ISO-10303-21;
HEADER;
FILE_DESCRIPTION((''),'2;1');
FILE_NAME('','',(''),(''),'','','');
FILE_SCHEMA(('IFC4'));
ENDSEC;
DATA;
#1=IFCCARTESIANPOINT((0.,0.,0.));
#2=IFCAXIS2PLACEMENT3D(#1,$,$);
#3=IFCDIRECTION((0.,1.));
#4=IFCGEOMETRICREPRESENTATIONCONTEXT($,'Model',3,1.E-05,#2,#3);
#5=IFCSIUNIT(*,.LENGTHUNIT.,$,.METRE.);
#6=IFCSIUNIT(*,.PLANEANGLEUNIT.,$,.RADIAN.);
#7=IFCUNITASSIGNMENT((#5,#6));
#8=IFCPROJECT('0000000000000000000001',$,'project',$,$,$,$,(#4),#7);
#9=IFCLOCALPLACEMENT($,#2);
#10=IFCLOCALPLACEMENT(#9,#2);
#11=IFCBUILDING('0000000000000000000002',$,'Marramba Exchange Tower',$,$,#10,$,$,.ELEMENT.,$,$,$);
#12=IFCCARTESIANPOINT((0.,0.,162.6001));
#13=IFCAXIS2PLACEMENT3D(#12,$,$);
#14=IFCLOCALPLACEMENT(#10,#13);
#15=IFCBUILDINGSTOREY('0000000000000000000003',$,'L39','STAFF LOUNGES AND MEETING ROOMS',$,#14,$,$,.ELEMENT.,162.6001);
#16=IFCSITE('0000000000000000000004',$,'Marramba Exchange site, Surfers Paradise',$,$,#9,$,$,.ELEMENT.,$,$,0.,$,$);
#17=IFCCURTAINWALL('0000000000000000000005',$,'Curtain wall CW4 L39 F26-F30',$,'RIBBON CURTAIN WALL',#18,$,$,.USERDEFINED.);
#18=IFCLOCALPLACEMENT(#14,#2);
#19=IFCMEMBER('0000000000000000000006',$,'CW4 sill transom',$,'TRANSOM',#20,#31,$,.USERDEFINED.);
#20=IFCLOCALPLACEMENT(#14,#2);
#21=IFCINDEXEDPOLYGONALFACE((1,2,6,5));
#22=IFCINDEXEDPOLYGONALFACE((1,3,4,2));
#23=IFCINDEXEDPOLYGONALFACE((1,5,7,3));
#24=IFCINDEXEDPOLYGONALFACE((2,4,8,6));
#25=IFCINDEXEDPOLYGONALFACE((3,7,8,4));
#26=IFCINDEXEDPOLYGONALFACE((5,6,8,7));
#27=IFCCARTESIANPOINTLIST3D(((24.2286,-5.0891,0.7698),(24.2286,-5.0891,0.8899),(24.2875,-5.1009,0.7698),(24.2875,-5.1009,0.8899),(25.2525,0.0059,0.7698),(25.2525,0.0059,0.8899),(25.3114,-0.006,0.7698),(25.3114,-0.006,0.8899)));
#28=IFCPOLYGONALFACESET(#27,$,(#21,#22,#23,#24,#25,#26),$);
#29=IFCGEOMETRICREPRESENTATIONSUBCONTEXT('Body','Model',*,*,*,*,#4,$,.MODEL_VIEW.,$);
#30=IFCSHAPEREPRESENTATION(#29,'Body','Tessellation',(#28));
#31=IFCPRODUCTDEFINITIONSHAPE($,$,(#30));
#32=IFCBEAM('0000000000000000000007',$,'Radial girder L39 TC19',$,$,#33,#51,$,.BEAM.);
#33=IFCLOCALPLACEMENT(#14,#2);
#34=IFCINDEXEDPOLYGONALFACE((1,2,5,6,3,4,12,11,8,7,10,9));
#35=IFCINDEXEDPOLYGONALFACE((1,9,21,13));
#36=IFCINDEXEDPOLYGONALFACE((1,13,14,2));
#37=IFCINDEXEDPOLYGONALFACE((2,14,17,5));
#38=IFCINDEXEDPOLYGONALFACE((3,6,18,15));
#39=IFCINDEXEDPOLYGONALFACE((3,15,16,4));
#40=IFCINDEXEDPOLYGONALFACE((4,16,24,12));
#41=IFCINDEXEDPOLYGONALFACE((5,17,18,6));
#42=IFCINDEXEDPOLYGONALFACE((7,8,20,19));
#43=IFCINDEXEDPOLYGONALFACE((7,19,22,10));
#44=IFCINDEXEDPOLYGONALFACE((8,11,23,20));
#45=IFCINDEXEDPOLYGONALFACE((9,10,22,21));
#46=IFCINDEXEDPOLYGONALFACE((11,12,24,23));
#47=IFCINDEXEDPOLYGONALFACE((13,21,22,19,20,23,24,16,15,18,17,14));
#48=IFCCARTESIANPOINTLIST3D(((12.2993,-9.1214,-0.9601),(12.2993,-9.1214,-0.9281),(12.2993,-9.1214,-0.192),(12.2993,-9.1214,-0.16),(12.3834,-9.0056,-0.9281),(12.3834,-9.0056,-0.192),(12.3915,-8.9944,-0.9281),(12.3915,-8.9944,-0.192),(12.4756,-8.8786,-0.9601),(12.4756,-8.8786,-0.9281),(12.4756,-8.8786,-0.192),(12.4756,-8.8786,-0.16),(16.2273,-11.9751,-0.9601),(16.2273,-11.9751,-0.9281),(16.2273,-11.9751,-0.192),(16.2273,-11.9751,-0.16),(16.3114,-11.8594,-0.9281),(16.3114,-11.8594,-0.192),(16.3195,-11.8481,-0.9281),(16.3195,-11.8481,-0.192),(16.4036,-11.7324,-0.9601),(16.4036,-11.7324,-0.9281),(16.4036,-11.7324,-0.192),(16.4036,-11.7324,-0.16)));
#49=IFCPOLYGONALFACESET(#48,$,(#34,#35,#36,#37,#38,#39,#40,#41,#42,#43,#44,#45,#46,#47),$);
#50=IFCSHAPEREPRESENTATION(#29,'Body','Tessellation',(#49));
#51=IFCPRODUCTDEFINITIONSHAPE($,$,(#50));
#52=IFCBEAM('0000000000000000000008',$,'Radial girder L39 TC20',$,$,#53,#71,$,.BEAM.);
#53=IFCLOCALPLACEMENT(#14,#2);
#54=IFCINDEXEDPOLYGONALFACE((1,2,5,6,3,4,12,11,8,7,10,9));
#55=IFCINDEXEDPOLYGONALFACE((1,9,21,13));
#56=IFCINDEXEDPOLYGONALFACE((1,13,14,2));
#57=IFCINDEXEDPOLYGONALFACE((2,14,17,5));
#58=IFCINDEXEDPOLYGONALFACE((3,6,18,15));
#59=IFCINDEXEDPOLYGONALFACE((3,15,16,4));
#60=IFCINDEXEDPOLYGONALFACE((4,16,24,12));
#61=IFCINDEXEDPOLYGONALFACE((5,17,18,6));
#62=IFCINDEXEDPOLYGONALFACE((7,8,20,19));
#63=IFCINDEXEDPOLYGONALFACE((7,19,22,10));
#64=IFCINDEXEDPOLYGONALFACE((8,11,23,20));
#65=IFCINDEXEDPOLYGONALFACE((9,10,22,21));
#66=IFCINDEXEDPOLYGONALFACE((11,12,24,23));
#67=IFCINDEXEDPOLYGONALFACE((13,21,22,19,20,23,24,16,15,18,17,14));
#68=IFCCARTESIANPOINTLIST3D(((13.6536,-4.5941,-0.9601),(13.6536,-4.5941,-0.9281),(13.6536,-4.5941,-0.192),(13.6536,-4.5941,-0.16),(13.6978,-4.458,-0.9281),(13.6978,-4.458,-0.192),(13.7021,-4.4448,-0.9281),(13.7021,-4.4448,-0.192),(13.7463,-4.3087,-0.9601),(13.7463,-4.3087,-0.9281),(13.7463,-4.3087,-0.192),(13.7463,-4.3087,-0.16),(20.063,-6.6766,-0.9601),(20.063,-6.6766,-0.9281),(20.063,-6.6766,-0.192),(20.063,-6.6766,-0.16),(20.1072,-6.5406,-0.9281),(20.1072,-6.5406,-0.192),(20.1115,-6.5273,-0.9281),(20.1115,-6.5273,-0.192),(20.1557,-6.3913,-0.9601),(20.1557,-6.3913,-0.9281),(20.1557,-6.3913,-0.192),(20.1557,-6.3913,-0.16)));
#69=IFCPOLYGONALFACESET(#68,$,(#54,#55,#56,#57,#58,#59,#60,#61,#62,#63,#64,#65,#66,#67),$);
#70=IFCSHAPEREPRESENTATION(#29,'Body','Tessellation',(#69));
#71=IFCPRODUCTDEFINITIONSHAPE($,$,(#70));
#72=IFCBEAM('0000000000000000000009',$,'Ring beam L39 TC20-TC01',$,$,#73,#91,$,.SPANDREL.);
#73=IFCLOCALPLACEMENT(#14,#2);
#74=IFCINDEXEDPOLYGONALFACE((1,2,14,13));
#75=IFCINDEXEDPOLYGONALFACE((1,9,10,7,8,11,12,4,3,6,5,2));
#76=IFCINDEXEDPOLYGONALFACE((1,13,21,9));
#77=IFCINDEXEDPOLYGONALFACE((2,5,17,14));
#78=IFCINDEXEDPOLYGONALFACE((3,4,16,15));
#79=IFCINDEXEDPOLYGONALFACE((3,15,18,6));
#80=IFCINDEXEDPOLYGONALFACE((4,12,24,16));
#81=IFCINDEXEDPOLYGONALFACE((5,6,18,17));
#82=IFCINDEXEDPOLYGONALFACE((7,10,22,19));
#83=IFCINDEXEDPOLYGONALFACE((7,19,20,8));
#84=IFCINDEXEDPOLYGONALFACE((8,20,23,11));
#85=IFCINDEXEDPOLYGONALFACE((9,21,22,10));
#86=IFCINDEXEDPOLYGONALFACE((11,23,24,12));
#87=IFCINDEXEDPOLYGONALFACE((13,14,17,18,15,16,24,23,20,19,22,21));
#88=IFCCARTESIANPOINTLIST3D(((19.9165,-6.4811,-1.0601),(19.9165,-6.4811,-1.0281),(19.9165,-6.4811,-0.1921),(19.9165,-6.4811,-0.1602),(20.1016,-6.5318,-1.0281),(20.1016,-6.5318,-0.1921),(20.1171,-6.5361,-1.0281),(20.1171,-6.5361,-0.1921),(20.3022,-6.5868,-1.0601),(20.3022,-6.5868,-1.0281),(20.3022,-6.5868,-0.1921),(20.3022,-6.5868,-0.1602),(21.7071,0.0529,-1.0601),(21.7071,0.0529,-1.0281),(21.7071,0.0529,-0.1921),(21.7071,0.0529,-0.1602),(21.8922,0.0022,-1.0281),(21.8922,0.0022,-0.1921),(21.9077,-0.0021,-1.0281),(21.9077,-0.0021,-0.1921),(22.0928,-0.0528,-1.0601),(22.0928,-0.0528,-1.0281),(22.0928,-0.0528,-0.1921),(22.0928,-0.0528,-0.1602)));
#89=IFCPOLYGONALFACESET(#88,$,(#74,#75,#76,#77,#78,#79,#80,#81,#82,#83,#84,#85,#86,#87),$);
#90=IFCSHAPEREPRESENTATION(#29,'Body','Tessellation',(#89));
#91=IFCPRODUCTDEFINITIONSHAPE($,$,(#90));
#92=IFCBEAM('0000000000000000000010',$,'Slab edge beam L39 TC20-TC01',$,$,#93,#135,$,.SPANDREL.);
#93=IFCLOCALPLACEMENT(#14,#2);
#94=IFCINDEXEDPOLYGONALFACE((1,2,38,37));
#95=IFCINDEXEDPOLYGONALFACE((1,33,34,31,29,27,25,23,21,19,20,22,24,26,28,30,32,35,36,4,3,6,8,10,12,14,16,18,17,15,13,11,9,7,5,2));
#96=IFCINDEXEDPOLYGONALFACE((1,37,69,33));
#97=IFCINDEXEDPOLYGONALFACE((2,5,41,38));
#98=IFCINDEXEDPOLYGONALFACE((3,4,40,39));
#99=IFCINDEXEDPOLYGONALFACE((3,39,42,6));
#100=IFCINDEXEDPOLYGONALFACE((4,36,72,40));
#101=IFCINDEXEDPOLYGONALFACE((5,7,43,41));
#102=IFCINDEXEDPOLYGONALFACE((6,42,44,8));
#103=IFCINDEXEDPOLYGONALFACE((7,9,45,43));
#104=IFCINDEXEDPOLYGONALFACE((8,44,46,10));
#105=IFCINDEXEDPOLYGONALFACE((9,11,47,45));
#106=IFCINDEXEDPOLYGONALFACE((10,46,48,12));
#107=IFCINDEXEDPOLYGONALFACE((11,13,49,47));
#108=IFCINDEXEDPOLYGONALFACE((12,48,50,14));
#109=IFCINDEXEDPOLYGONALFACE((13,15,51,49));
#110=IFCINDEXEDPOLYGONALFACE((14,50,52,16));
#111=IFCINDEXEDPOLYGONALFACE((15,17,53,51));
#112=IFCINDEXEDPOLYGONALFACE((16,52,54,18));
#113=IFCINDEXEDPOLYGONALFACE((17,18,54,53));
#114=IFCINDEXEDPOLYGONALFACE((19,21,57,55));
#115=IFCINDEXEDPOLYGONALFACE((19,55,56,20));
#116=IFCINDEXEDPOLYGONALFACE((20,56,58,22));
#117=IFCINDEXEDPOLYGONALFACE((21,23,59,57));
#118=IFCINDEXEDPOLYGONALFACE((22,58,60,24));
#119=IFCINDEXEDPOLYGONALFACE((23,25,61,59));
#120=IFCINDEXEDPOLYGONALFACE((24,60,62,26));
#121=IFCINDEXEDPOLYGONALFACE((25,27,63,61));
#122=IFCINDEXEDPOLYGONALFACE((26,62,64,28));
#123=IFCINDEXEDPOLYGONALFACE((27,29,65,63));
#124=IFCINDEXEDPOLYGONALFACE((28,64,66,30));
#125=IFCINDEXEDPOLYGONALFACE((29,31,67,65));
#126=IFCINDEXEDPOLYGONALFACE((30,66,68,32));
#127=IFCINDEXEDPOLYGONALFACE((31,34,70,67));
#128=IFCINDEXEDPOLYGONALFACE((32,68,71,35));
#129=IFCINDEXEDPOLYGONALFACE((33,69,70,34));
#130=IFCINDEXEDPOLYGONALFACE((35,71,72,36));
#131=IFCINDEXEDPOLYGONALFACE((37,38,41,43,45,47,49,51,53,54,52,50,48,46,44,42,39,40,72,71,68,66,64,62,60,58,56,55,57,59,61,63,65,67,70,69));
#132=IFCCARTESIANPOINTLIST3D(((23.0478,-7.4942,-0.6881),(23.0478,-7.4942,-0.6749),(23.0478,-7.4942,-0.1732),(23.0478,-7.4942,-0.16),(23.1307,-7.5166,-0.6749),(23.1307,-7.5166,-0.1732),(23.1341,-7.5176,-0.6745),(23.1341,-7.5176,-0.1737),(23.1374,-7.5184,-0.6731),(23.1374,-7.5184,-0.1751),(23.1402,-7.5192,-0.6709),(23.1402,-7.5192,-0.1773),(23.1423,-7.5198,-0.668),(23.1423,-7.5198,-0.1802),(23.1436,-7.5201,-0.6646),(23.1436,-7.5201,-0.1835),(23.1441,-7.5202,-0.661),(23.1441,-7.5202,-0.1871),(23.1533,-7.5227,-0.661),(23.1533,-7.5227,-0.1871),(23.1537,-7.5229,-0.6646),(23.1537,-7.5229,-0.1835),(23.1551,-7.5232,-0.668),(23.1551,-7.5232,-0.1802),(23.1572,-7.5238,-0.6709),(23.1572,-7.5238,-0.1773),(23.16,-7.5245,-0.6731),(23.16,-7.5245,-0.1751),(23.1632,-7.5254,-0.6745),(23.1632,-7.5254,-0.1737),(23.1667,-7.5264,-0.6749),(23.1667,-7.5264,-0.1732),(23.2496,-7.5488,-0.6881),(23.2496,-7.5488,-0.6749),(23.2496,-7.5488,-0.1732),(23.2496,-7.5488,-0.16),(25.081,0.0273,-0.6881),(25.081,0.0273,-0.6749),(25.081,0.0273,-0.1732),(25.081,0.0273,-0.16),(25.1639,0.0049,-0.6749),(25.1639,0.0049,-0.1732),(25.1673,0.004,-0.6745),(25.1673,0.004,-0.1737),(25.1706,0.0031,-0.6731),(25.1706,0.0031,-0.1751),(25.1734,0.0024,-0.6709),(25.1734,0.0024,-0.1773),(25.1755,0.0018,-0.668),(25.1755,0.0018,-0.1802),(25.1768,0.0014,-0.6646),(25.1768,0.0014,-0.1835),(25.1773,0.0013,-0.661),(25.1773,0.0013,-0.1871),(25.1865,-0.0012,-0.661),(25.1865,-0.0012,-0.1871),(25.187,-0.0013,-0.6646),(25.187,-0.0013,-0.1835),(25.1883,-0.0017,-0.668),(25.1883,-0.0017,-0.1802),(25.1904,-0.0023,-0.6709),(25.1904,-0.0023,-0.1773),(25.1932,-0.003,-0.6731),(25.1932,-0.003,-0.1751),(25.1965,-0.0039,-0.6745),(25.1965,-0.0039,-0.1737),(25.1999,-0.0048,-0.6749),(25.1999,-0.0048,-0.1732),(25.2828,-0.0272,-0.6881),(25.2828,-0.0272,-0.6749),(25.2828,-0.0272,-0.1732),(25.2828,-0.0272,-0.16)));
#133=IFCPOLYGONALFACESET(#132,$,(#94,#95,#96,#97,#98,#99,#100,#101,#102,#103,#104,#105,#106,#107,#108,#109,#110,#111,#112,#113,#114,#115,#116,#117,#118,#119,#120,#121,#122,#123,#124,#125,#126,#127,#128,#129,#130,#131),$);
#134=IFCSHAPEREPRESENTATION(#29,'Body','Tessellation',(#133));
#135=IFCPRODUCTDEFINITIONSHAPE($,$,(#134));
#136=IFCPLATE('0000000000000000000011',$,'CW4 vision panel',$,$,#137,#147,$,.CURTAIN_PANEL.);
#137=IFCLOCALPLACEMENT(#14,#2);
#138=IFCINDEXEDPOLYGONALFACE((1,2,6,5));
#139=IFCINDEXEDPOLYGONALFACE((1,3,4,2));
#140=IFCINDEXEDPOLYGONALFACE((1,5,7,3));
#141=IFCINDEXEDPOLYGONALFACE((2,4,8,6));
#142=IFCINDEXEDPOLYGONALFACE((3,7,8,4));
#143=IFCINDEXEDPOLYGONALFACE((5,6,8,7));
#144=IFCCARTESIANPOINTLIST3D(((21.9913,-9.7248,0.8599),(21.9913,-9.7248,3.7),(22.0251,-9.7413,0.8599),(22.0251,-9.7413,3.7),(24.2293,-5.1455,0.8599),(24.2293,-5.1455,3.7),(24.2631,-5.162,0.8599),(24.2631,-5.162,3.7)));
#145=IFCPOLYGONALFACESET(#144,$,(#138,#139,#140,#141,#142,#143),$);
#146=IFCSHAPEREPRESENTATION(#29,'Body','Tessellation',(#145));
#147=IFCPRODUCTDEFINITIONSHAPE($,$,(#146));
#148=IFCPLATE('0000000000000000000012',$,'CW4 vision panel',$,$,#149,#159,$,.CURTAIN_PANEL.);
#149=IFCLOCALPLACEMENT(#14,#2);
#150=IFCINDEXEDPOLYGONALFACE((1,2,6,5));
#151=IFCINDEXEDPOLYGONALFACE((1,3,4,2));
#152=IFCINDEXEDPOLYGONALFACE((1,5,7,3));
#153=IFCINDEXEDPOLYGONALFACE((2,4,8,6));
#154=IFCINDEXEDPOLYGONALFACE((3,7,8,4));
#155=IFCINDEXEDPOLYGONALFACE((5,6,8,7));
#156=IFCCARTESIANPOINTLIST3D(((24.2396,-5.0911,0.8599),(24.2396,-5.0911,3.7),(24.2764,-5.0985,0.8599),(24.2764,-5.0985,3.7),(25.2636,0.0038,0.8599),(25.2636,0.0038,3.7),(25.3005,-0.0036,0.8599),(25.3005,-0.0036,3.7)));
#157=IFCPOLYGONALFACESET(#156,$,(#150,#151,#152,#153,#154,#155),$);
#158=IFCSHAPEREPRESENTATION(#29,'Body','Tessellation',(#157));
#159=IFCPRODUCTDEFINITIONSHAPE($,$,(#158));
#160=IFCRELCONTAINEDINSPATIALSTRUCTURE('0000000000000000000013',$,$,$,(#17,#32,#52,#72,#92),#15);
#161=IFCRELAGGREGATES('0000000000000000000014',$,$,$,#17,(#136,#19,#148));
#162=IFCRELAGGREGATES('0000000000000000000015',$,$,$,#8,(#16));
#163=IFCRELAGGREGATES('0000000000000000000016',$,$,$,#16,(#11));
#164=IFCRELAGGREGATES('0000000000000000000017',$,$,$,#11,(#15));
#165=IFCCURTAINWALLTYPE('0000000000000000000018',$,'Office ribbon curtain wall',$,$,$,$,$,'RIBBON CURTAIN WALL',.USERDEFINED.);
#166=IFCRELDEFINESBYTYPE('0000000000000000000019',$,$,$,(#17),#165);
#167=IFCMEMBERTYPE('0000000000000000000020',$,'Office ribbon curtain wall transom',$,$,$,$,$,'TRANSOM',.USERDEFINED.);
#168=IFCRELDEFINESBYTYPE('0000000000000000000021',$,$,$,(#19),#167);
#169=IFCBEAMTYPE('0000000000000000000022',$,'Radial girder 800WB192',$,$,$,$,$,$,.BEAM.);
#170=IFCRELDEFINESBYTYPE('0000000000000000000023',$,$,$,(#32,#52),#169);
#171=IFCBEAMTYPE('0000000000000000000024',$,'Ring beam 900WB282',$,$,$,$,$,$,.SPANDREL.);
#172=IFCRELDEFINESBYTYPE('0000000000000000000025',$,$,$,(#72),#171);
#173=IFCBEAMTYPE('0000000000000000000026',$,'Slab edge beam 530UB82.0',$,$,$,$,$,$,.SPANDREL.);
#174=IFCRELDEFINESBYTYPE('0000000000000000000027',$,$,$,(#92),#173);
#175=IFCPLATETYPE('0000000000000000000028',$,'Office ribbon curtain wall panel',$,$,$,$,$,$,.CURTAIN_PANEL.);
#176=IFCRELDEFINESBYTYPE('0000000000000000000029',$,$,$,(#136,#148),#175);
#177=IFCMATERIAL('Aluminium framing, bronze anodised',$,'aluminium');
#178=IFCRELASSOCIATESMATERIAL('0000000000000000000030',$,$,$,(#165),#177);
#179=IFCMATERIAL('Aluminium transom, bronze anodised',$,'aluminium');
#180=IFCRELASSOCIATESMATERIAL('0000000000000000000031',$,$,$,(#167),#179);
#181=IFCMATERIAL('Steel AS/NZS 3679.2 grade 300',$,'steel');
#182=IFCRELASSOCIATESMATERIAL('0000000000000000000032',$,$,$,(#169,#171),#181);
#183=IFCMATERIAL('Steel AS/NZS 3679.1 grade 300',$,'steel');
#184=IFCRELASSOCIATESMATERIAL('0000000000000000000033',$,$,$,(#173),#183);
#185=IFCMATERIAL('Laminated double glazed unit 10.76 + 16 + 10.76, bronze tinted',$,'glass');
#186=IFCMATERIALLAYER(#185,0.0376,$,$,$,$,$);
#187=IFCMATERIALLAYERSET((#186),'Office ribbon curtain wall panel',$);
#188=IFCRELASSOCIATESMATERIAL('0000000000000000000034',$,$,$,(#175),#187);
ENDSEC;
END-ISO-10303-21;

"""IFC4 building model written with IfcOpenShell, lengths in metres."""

from ifc_helpers import new_model, si_unit, direction, frame, origin, origin_2d, place, context, subcontext, project, spatial, rectangle, i_section, extrude, material, layer, layer_set, material_profile, profile_set, type_object, element, aggregate, save


model = new_model("IFC4")

# Units and contexts
model_context = context("Model", 3, precision=1e-05, world=origin(), true_north=direction((0.0, 1.0)))
body_context = subcontext(model_context, "Body", "Model", "MODEL_VIEW")
ifc_project = project(units=[si_unit("LENGTHUNIT", "METRE"), si_unit("PLANEANGLEUNIT", "RADIAN")], contexts=[model_context])

# Site, building, storey
site_placement = place(None, origin())
site = spatial("IfcSite", under=ifc_project, at=site_placement, Name="Marramba Exchange site, Surfers Paradise", CompositionType="ELEMENT", RefElevation=0.0)
building_placement = place(site_placement, origin())
building = spatial("IfcBuilding", under=site, at=building_placement, Name="Marramba Exchange Tower", CompositionType="ELEMENT")
storey_placement = place(building_placement, frame((0.0, 0.0, 162.6001)))
storey = spatial("IfcBuildingStorey", under=building, at=storey_placement, Name="L39", Description="STAFF LOUNGES AND MEETING ROOMS", CompositionType="ELEMENT", Elevation=162.6001)

# Shared definitions
ifc_material_1 = material(Name="Steel AS/NZS 3679.2 grade 300", Category="steel")
ifc_material_2 = material(Name="Steel AS/NZS 3679.1 grade 300", Category="steel")

# Curtain wall, member
ifc_material_3 = material(Name="Aluminium framing, bronze anodised", Category="aluminium")
curtain_wall_type = type_object("IfcCurtainWallType", Name="Office ribbon curtain wall", ElementType="RIBBON CURTAIN WALL", PredefinedType="USERDEFINED", material=ifc_material_3)
curtain_wall_placement = place(storey_placement, origin())
curtain_wall = element("IfcCurtainWall", 1, at=curtain_wall_placement, inside=storey, type_object=curtain_wall_type, Name="Curtain wall CW4 L39 F26-F30", ObjectType="RIBBON CURTAIN WALL", PredefinedType="USERDEFINED")
ifc_material_4 = material(Name="Aluminium transom, bronze anodised", Category="aluminium")
ifc_material_profile_1 = material_profile(ifc_material_4, rectangle(XDim=0.0601, YDim=0.1201, at=origin_2d()), Name="CW4 transom 60x120")
ifc_profile_set_1 = profile_set([ifc_material_profile_1], Name="Aluminium transom, bronze anodised")
member_type_1 = type_object("IfcMemberType", Name="Office ribbon curtain wall transom", ElementType="TRANSOM", PredefinedType="USERDEFINED", material=ifc_profile_set_1)
member_1_placement = place(storey_placement, frame((24.2581, -5.095, 0.8298), z_axis=(0.197029, 0.980398, 0.0), x_axis=(-0.980398, 0.197029, 0.0)))
member_1 = element("IfcMember", 2, at=member_1_placement, type_object=member_type_1, Name="CW4 sill transom", ObjectType="TRANSOM", PredefinedType="USERDEFINED", context=body_context, shape_type="SweptSolid", body=[
    extrude(rectangle(XDim=0.0601, YDim=0.1201, at=origin_2d()), origin(), (0.0, 0.0, 1.0), 5.1968),
])

# Beams
ifc_material_profile_2 = material_profile(ifc_material_1, i_section(OverallWidth=0.3, OverallDepth=0.8, WebThickness=0.0139, FlangeThickness=0.032, at=origin_2d()), Name="800WB192")
ifc_profile_set_2 = profile_set([ifc_material_profile_2], Name="Steel AS/NZS 3679.2 grade 300")
beam_type_1 = type_object("IfcBeamType", Name="Radial girder 800WB192", PredefinedType="BEAM", material=ifc_profile_set_2)
beam_1_placement = place(storey_placement, frame((12.3875, -9.0, -0.5601), z_axis=(0.809025, -0.587774, 0.0), x_axis=(0.587774, 0.809025, 0.0)))
element("IfcBeam", 3, at=beam_1_placement, inside=storey, type_object=beam_type_1, Name="Radial girder L39 TC19", PredefinedType="BEAM", context=body_context, shape_type="SweptSolid", body=[
    extrude(i_section(OverallWidth=0.3, OverallDepth=0.8, WebThickness=0.0139, FlangeThickness=0.032, at=origin_2d()), origin(), (0.0, 0.0, 1.0), 4.8552),
])
beam_2_placement = place(storey_placement, frame((13.7, -4.4514, -0.5601), z_axis=(0.951058, -0.309013, 0.0), x_axis=(0.309013, 0.951058, 0.0)))
element("IfcBeam", 4, at=beam_2_placement, inside=storey, type_object=beam_type_1, Name="Radial girder L39 TC20", PredefinedType="BEAM", context=body_context, shape_type="SweptSolid", body=[
    extrude(i_section(OverallWidth=0.3, OverallDepth=0.8, WebThickness=0.0139, FlangeThickness=0.032, at=origin_2d()), origin(), (0.0, 0.0, 1.0), 6.7393),
])
ifc_material_profile_3 = material_profile(ifc_material_1, i_section(OverallWidth=0.3999, OverallDepth=0.8999, WebThickness=0.0161, FlangeThickness=0.032, at=origin_2d()), Name="900WB282")
ifc_profile_set_3 = profile_set([ifc_material_profile_3], Name="Steel AS/NZS 3679.2 grade 300")
beam_type_2 = type_object("IfcBeamType", Name="Ring beam 900WB282", PredefinedType="SPANDREL", material=ifc_profile_set_3)
beam_3_placement = place(storey_placement, frame((20.1094, -6.5339, -0.6101), z_axis=(0.264291, 0.964443, 0.0), x_axis=(-0.964443, 0.264291, 0.0)))
element("IfcBeam", 5, at=beam_3_placement, inside=storey, type_object=beam_type_2, Name="Ring beam L39 TC20-TC01", PredefinedType="SPANDREL", context=body_context, shape_type="SweptSolid", body=[
    extrude(i_section(OverallWidth=0.3999, OverallDepth=0.8999, WebThickness=0.0161, FlangeThickness=0.032, at=origin_2d()), origin(), (0.0, 0.0, 1.0), 6.7749),
])
ifc_material_profile_4 = material_profile(ifc_material_2, i_section(OverallWidth=0.209, OverallDepth=0.5281, WebThickness=0.0095, FlangeThickness=0.0132, FilletRadius=0.0139, at=origin_2d()), Name="530UB82.0")
ifc_profile_set_4 = profile_set([ifc_material_profile_4], Name="Steel AS/NZS 3679.1 grade 300")
beam_type_3 = type_object("IfcBeamType", Name="Slab edge beam 530UB82.0", PredefinedType="SPANDREL", material=ifc_profile_set_4)
beam_4_placement = place(storey_placement, frame((23.1487, -7.5215, -0.4241), z_axis=(0.260953, 0.965351, 0.0), x_axis=(-0.965351, 0.260953, 0.0)))
element("IfcBeam", 6, at=beam_4_placement, inside=storey, type_object=beam_type_3, Name="Slab edge beam L39 TC20-TC01", PredefinedType="SPANDREL", context=body_context, shape_type="SweptSolid", body=[
    extrude(i_section(OverallWidth=0.209, OverallDepth=0.5281, WebThickness=0.0095, FlangeThickness=0.0132, FilletRadius=0.0139, at=origin_2d()), origin(), (0.0, 0.0, 1.0), 7.7915),
])

# Plates
ifc_material_5 = material(Name="Laminated double glazed unit 10.76 + 16 + 10.76, bronze tinted", Category="glass")
ifc_layer_1 = layer(ifc_material_5, 0.0376)
ifc_layer_set_1 = layer_set([ifc_layer_1], Name="Office ribbon curtain wall panel")
plate_type = type_object("IfcPlateType", Name="Office ribbon curtain wall panel", PredefinedType="CURTAIN_PANEL", material=ifc_layer_set_1)
plate_1_placement = place(storey_placement, frame((23.1272, -7.4434, 0.8599), z_axis=(0.0, 0.0, 1.0), x_axis=(0.439086, 0.898445, 0.0)))
plate_1 = element("IfcPlate", 7, at=plate_1_placement, type_object=plate_type, Name="CW4 vision panel", PredefinedType="CURTAIN_PANEL", context=body_context, shape_type="SweptSolid", body=[
    extrude(rectangle(XDim=5.0969, YDim=0.0376, at=origin_2d()), origin(), (0.0, 0.0, 1.0), 2.8401),
])
plate_2_placement = place(storey_placement, frame((24.77, -2.5474, 0.8599), z_axis=(0.0, 0.0, 1.0), x_axis=(0.197049, 0.980394, 0.0)))
plate_2 = element("IfcPlate", 8, at=plate_2_placement, type_object=plate_type, Name="CW4 vision panel", PredefinedType="CURTAIN_PANEL", context=body_context, shape_type="SweptSolid", body=[
    extrude(rectangle(XDim=5.1968, YDim=0.0376, at=origin_2d()), origin(), (0.0, 0.0, 1.0), 2.8401),
])
aggregate(curtain_wall, [plate_1, member_1, plate_2])

save(model, "model.ifc")
